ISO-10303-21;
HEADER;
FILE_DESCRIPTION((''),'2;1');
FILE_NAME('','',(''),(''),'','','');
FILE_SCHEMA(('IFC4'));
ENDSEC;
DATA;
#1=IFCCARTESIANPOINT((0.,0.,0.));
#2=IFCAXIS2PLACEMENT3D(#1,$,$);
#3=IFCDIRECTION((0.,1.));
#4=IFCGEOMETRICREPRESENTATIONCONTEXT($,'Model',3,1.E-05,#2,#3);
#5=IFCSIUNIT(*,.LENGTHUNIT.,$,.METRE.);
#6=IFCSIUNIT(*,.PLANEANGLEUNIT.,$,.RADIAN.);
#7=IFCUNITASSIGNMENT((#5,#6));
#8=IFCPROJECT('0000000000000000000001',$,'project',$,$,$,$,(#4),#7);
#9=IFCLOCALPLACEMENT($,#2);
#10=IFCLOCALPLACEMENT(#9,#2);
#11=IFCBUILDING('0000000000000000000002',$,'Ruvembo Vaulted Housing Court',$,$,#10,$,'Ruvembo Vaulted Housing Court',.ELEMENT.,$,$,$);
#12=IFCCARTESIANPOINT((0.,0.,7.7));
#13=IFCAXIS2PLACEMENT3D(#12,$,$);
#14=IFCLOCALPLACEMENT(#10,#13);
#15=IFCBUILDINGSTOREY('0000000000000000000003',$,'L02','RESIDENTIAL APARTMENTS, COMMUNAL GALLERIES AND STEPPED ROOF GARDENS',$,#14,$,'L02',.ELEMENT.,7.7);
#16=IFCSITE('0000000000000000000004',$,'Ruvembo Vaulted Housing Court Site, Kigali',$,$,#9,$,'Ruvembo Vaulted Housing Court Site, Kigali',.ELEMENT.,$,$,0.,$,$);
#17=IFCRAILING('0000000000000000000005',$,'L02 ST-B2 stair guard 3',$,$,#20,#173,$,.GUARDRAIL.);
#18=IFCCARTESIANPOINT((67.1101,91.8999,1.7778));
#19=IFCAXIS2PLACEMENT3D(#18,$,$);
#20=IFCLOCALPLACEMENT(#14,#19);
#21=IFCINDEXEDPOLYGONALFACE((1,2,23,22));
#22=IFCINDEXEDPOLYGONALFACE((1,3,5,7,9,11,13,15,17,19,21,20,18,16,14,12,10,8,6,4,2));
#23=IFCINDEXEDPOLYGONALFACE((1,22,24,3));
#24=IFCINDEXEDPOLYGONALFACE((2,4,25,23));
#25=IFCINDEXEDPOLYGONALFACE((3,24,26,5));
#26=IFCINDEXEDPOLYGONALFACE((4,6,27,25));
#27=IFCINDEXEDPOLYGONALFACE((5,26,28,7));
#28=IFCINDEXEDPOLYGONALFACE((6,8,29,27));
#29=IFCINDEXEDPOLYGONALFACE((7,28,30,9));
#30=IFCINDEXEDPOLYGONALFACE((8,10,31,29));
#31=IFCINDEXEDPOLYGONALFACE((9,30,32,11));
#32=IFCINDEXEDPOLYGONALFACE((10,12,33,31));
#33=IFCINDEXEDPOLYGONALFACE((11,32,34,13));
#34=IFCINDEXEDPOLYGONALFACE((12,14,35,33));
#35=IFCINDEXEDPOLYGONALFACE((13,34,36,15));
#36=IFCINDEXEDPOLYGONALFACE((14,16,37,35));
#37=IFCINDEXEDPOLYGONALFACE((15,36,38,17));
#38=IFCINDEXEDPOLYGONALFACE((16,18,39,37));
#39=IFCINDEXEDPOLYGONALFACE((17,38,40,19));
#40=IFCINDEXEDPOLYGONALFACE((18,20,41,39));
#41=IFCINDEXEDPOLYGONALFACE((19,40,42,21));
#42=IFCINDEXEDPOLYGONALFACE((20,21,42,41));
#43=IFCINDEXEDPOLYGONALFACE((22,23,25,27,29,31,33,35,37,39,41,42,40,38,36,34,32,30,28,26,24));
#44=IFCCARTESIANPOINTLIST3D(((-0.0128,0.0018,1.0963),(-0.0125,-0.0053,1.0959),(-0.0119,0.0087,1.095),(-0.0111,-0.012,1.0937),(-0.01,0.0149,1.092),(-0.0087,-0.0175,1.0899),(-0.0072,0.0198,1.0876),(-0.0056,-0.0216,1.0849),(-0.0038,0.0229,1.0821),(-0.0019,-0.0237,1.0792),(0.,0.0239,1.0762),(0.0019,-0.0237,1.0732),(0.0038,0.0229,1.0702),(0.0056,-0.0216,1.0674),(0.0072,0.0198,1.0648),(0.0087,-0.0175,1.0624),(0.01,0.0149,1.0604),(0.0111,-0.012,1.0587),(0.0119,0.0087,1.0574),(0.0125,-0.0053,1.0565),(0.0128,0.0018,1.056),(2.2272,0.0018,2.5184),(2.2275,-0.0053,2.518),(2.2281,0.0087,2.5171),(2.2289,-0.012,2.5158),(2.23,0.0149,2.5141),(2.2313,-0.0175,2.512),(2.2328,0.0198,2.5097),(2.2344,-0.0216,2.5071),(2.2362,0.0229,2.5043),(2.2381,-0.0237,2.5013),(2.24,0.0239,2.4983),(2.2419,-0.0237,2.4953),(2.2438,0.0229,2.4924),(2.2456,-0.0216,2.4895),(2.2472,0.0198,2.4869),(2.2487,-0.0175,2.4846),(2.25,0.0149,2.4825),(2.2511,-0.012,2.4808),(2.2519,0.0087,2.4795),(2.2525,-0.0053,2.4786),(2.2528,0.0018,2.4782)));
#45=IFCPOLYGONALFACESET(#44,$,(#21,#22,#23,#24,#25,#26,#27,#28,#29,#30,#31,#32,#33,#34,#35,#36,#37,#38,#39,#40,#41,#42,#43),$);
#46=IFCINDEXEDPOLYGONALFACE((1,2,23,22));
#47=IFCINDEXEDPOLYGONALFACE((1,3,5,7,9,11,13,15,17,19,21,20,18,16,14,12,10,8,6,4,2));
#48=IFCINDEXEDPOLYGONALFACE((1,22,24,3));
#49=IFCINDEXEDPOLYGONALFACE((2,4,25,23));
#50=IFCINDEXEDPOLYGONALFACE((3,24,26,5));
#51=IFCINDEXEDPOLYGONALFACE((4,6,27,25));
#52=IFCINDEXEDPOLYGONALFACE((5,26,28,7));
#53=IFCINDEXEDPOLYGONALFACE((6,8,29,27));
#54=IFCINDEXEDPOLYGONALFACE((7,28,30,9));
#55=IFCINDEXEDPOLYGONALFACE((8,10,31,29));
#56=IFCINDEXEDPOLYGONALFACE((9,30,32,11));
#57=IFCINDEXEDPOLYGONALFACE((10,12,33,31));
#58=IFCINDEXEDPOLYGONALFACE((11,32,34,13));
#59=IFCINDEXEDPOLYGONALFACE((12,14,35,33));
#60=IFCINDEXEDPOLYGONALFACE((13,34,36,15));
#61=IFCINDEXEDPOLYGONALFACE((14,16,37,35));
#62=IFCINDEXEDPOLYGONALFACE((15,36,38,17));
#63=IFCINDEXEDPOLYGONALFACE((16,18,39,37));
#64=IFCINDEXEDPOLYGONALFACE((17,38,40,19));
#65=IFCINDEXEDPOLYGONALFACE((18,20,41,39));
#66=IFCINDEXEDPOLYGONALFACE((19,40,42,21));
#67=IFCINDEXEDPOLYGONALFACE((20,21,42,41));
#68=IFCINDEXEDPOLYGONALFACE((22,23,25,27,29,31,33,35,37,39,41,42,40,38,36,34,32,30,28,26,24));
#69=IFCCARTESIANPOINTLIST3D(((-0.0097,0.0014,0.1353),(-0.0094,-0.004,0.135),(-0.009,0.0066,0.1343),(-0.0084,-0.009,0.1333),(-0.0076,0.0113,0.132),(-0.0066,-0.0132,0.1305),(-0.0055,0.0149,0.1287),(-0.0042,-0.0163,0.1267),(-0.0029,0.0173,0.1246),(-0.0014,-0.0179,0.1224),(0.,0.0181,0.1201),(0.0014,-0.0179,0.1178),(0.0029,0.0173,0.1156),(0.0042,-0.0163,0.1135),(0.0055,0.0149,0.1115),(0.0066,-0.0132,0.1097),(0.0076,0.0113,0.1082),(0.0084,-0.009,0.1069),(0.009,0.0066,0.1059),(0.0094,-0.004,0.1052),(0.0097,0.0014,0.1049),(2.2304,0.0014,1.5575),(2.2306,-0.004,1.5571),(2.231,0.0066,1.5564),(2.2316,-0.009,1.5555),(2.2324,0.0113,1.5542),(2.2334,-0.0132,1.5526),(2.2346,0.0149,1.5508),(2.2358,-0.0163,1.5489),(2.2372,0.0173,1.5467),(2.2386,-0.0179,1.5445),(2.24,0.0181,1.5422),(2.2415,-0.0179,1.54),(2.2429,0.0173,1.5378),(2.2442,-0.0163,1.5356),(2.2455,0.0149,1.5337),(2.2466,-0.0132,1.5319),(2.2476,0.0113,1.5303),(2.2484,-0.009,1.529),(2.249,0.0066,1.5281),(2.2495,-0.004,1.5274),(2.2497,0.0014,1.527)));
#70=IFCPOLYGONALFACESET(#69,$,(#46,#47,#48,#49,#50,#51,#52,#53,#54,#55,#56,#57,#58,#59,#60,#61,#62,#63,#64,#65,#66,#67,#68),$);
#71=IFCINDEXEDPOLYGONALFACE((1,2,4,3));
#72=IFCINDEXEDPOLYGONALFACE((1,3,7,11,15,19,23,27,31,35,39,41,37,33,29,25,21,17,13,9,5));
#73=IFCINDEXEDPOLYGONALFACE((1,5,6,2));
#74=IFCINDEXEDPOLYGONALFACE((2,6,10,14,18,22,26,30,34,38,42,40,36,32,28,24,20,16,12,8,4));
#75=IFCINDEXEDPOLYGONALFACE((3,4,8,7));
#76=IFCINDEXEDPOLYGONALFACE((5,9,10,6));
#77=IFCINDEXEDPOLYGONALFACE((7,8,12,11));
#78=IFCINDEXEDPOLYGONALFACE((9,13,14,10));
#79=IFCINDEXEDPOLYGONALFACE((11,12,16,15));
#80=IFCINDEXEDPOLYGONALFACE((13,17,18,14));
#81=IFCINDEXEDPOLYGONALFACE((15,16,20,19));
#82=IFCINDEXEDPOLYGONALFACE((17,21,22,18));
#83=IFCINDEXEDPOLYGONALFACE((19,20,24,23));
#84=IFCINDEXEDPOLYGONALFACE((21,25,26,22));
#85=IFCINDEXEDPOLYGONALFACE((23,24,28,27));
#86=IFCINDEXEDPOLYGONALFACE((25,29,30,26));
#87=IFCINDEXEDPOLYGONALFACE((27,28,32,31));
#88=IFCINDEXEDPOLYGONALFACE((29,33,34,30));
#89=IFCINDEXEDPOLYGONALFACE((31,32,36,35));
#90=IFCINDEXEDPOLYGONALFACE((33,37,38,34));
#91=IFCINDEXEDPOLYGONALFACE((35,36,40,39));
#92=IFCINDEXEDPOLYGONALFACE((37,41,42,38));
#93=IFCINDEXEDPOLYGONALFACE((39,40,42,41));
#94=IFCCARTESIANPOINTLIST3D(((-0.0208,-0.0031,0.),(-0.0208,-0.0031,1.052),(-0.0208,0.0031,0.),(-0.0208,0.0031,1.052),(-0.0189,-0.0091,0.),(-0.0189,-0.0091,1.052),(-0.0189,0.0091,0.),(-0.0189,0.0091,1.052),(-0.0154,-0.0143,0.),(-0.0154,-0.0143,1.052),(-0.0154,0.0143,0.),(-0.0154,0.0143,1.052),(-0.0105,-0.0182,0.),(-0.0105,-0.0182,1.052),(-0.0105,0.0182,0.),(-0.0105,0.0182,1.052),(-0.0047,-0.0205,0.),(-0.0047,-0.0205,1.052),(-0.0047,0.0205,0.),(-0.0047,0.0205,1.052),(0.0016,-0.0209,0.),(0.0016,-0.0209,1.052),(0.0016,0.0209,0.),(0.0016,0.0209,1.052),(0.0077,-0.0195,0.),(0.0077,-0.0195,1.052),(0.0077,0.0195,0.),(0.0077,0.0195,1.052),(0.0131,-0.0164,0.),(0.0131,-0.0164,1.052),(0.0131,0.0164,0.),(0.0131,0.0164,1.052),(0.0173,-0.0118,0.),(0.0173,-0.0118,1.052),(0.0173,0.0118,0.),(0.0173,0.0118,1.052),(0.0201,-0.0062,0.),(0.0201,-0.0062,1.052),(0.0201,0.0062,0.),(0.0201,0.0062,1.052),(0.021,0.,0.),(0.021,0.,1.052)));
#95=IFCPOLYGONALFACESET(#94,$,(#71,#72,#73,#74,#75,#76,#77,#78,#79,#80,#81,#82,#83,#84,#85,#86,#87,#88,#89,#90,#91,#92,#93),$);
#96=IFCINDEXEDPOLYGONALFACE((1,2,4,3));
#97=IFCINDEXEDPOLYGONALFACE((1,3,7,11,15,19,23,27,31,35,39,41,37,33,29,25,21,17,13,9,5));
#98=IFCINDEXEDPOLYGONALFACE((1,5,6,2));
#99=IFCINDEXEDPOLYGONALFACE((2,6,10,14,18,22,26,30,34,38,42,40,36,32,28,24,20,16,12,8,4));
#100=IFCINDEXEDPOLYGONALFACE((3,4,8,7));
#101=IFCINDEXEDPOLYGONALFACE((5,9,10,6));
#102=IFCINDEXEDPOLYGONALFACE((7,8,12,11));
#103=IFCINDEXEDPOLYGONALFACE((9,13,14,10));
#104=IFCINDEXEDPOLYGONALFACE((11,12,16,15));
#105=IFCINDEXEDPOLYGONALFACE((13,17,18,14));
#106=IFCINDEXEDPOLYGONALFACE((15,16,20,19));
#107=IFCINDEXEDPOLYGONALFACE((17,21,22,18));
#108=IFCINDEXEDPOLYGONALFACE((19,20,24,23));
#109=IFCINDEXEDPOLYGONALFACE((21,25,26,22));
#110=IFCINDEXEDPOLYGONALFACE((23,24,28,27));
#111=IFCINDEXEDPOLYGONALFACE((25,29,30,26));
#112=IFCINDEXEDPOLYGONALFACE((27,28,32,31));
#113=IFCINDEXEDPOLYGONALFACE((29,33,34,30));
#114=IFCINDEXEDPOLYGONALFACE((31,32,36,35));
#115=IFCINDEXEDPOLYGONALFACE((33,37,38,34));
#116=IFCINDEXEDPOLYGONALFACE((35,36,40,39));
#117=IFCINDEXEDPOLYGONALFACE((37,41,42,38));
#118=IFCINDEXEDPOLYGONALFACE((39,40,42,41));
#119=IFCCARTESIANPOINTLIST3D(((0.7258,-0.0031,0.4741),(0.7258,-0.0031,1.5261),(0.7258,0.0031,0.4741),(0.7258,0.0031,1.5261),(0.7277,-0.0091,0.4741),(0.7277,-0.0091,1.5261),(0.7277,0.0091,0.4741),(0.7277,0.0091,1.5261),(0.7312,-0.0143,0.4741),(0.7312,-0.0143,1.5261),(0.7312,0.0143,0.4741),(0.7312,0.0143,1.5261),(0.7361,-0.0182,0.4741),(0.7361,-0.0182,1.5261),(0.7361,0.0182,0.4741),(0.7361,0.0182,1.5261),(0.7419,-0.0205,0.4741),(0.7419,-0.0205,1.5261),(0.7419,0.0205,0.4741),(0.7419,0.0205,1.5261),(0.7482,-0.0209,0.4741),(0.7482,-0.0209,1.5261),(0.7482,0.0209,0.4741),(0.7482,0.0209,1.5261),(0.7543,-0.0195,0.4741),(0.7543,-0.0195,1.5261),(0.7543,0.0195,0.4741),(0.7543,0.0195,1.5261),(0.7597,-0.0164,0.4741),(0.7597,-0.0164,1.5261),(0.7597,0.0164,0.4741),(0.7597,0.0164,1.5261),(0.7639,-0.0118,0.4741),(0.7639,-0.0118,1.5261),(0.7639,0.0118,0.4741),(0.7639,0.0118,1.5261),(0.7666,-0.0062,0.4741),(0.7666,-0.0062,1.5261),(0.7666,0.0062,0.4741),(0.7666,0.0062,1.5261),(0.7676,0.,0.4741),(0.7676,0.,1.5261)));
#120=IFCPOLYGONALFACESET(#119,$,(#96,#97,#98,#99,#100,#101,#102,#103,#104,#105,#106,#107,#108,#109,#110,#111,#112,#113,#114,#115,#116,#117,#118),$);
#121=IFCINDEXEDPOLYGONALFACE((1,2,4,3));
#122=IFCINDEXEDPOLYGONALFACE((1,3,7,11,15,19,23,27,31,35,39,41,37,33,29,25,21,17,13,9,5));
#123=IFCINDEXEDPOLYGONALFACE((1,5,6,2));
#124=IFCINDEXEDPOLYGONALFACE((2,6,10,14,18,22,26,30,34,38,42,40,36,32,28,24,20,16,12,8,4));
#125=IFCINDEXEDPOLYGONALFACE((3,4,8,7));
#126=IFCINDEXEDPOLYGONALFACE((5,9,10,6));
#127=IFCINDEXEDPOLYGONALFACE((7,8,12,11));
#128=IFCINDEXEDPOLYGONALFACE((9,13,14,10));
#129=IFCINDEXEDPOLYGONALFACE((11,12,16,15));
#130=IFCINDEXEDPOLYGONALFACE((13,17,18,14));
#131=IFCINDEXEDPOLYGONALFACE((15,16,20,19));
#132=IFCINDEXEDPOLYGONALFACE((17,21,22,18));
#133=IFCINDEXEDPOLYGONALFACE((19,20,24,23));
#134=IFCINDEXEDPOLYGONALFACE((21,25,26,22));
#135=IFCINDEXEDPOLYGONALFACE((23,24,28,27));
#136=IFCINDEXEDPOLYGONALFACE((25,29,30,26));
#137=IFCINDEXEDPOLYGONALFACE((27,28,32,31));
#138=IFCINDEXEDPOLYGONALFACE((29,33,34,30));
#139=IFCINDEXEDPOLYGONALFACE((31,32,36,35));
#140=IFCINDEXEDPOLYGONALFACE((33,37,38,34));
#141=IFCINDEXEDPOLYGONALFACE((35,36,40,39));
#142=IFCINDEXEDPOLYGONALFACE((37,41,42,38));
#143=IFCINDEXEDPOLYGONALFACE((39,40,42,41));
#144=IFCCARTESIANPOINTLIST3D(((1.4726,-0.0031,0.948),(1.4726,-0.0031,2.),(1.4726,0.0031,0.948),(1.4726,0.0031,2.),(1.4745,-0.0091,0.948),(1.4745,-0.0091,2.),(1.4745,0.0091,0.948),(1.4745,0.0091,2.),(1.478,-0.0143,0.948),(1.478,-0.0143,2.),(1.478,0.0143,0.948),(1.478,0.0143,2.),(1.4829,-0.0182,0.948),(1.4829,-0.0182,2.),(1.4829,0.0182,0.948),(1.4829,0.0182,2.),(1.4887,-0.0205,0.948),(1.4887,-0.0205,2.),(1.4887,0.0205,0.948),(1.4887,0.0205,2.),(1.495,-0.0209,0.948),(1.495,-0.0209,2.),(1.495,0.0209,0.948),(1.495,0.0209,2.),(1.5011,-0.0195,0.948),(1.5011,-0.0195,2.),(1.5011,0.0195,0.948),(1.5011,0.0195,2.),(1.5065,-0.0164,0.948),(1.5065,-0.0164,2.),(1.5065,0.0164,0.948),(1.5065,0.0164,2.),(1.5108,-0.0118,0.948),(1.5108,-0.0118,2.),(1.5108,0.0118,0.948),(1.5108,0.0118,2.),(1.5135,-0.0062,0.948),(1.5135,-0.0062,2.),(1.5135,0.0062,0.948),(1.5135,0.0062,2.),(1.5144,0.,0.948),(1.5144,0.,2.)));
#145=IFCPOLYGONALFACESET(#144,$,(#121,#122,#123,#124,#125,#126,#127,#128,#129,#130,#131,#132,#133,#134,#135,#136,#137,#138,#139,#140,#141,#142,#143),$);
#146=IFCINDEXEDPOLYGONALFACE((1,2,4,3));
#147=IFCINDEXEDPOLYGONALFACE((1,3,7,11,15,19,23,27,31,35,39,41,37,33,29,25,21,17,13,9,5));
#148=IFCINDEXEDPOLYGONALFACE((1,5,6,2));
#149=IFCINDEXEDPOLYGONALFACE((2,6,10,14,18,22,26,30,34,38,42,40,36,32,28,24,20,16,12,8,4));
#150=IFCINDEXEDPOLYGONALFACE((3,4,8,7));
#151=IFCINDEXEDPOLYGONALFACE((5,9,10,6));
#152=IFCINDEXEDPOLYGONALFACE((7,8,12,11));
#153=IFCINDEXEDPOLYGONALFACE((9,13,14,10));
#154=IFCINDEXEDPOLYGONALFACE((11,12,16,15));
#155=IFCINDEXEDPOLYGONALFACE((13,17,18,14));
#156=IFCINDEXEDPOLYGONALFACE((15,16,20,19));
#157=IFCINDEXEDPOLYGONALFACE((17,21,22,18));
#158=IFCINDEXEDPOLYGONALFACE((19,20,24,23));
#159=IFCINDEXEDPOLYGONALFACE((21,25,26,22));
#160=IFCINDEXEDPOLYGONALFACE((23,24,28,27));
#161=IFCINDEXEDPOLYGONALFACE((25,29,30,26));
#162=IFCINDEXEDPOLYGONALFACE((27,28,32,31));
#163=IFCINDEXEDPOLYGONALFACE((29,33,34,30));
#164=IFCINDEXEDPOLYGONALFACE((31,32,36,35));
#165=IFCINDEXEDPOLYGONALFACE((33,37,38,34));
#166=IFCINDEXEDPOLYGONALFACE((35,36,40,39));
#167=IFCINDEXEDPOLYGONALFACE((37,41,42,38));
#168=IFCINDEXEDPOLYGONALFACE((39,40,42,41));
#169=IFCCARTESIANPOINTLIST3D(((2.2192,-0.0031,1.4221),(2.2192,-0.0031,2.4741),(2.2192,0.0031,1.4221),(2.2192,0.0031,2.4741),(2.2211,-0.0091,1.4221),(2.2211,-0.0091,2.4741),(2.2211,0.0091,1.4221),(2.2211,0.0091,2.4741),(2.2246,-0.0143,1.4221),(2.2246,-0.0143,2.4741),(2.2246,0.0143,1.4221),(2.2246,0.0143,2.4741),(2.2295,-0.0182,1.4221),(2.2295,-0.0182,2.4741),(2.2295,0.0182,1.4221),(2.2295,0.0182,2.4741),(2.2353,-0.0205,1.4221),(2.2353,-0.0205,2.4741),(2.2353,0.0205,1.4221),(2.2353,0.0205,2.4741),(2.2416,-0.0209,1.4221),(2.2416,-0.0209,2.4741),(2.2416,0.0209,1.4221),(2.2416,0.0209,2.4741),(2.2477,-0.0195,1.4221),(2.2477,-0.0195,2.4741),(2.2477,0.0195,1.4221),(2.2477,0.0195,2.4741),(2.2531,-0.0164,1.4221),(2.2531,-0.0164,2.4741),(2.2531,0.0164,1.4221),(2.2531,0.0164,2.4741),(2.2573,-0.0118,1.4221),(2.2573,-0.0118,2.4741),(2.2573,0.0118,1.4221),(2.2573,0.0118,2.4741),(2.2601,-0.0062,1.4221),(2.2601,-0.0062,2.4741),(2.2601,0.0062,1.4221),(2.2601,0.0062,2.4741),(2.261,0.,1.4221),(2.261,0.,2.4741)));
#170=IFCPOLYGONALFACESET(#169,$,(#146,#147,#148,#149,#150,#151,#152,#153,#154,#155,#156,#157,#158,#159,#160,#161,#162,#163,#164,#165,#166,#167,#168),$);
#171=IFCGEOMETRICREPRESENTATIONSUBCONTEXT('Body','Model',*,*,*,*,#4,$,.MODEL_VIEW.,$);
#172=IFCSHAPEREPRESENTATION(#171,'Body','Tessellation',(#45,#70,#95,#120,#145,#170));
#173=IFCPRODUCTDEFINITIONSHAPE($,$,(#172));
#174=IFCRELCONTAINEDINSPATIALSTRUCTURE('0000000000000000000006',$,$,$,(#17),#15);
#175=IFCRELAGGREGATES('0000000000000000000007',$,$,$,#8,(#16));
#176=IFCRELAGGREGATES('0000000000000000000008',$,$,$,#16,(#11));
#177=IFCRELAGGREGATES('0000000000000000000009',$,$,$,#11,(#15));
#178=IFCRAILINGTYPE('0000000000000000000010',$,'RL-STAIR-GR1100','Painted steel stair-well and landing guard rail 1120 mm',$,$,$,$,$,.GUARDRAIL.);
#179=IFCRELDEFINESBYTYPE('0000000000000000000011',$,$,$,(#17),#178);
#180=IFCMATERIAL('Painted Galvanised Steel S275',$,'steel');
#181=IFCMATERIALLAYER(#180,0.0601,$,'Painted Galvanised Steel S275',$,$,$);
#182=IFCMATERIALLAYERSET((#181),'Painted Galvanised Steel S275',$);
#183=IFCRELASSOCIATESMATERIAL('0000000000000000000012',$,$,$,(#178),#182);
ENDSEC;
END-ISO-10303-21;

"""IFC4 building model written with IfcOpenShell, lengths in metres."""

from ifc_helpers import new_model, si_unit, direction, frame, origin, origin_2d, place, context, subcontext, project, spatial, circle, extrude, material, layer, layer_set, type_object, element, save


model = new_model("IFC4")

# Units and contexts
model_context = context("Model", 3, precision=1e-05, world=origin(), true_north=direction((0.0, 1.0)))
body_context = subcontext(model_context, "Body", "Model", "MODEL_VIEW")
ifc_project = project(units=[si_unit("LENGTHUNIT", "METRE"), si_unit("PLANEANGLEUNIT", "RADIAN")], contexts=[model_context])

# Site, building, storey
site_placement = place(None, origin())
site = spatial("IfcSite", under=ifc_project, at=site_placement, Name="Ruvembo Vaulted Housing Court Site, Kigali", LongName="Ruvembo Vaulted Housing Court Site, Kigali", CompositionType="ELEMENT", RefElevation=0.0)
building_placement = place(site_placement, origin())
building = spatial("IfcBuilding", under=site, at=building_placement, Name="Ruvembo Vaulted Housing Court", LongName="Ruvembo Vaulted Housing Court", CompositionType="ELEMENT")
storey_placement = place(building_placement, frame((0.0, 0.0, 7.7)))
storey = spatial("IfcBuildingStorey", under=building, at=storey_placement, Name="L02", Description="RESIDENTIAL APARTMENTS, COMMUNAL GALLERIES AND STEPPED ROOF GARDENS", LongName="L02", CompositionType="ELEMENT", Elevation=7.7)

# Railing
ifc_material_1 = material(Name="Painted Galvanised Steel S275", Category="steel")
ifc_layer_1 = layer(ifc_material_1, 0.0601, Name="Painted Galvanised Steel S275")
ifc_layer_set_1 = layer_set([ifc_layer_1], Name="Painted Galvanised Steel S275")
railing_type_1 = type_object("IfcRailingType", Name="RL-STAIR-GR1100", Description="Painted steel stair-well and landing guard rail 1120 mm", PredefinedType="GUARDRAIL", material=ifc_layer_set_1)
railing_1_placement = place(storey_placement, frame((67.1101, 91.8999, 1.7778)))
element("IfcRailing", 1, at=railing_1_placement, inside=storey, type_object=railing_type_1, Name="L02 ST-B2 stair guard 3", PredefinedType="GUARDRAIL", context=body_context, shape_type="SweptSolid", body=[
    extrude(circle(Radius=0.0239, at=origin_2d()), frame((0.0, 0.0, 1.0762), z_axis=(0.844229, 0.0, 0.535982), x_axis=(0.0, 1.0, 0.0)), (0.0, 0.0, 1.0), 2.6533),
    extrude(circle(Radius=0.0181, at=origin_2d()), frame((0.0, 0.0, 0.1201), z_axis=(0.844229, 0.0, 0.535982), x_axis=(0.0, 1.0, 0.0)), (0.0, 0.0, 1.0), 2.6533),
    extrude(circle(Radius=0.021, at=origin_2d()), origin(), (0.0, 0.0, 1.0), 1.052),
    extrude(circle(Radius=0.021, at=origin_2d()), frame((0.7466, 0.0, 0.4741)), (0.0, 0.0, 1.0), 1.052),
    extrude(circle(Radius=0.021, at=origin_2d()), frame((1.4934, 0.0, 0.948)), (0.0, 0.0, 1.0), 1.052),
    extrude(circle(Radius=0.021, at=origin_2d()), frame((2.24, 0.0, 1.4221)), (0.0, 0.0, 1.0), 1.052),
])

save(model, "model.ifc")
